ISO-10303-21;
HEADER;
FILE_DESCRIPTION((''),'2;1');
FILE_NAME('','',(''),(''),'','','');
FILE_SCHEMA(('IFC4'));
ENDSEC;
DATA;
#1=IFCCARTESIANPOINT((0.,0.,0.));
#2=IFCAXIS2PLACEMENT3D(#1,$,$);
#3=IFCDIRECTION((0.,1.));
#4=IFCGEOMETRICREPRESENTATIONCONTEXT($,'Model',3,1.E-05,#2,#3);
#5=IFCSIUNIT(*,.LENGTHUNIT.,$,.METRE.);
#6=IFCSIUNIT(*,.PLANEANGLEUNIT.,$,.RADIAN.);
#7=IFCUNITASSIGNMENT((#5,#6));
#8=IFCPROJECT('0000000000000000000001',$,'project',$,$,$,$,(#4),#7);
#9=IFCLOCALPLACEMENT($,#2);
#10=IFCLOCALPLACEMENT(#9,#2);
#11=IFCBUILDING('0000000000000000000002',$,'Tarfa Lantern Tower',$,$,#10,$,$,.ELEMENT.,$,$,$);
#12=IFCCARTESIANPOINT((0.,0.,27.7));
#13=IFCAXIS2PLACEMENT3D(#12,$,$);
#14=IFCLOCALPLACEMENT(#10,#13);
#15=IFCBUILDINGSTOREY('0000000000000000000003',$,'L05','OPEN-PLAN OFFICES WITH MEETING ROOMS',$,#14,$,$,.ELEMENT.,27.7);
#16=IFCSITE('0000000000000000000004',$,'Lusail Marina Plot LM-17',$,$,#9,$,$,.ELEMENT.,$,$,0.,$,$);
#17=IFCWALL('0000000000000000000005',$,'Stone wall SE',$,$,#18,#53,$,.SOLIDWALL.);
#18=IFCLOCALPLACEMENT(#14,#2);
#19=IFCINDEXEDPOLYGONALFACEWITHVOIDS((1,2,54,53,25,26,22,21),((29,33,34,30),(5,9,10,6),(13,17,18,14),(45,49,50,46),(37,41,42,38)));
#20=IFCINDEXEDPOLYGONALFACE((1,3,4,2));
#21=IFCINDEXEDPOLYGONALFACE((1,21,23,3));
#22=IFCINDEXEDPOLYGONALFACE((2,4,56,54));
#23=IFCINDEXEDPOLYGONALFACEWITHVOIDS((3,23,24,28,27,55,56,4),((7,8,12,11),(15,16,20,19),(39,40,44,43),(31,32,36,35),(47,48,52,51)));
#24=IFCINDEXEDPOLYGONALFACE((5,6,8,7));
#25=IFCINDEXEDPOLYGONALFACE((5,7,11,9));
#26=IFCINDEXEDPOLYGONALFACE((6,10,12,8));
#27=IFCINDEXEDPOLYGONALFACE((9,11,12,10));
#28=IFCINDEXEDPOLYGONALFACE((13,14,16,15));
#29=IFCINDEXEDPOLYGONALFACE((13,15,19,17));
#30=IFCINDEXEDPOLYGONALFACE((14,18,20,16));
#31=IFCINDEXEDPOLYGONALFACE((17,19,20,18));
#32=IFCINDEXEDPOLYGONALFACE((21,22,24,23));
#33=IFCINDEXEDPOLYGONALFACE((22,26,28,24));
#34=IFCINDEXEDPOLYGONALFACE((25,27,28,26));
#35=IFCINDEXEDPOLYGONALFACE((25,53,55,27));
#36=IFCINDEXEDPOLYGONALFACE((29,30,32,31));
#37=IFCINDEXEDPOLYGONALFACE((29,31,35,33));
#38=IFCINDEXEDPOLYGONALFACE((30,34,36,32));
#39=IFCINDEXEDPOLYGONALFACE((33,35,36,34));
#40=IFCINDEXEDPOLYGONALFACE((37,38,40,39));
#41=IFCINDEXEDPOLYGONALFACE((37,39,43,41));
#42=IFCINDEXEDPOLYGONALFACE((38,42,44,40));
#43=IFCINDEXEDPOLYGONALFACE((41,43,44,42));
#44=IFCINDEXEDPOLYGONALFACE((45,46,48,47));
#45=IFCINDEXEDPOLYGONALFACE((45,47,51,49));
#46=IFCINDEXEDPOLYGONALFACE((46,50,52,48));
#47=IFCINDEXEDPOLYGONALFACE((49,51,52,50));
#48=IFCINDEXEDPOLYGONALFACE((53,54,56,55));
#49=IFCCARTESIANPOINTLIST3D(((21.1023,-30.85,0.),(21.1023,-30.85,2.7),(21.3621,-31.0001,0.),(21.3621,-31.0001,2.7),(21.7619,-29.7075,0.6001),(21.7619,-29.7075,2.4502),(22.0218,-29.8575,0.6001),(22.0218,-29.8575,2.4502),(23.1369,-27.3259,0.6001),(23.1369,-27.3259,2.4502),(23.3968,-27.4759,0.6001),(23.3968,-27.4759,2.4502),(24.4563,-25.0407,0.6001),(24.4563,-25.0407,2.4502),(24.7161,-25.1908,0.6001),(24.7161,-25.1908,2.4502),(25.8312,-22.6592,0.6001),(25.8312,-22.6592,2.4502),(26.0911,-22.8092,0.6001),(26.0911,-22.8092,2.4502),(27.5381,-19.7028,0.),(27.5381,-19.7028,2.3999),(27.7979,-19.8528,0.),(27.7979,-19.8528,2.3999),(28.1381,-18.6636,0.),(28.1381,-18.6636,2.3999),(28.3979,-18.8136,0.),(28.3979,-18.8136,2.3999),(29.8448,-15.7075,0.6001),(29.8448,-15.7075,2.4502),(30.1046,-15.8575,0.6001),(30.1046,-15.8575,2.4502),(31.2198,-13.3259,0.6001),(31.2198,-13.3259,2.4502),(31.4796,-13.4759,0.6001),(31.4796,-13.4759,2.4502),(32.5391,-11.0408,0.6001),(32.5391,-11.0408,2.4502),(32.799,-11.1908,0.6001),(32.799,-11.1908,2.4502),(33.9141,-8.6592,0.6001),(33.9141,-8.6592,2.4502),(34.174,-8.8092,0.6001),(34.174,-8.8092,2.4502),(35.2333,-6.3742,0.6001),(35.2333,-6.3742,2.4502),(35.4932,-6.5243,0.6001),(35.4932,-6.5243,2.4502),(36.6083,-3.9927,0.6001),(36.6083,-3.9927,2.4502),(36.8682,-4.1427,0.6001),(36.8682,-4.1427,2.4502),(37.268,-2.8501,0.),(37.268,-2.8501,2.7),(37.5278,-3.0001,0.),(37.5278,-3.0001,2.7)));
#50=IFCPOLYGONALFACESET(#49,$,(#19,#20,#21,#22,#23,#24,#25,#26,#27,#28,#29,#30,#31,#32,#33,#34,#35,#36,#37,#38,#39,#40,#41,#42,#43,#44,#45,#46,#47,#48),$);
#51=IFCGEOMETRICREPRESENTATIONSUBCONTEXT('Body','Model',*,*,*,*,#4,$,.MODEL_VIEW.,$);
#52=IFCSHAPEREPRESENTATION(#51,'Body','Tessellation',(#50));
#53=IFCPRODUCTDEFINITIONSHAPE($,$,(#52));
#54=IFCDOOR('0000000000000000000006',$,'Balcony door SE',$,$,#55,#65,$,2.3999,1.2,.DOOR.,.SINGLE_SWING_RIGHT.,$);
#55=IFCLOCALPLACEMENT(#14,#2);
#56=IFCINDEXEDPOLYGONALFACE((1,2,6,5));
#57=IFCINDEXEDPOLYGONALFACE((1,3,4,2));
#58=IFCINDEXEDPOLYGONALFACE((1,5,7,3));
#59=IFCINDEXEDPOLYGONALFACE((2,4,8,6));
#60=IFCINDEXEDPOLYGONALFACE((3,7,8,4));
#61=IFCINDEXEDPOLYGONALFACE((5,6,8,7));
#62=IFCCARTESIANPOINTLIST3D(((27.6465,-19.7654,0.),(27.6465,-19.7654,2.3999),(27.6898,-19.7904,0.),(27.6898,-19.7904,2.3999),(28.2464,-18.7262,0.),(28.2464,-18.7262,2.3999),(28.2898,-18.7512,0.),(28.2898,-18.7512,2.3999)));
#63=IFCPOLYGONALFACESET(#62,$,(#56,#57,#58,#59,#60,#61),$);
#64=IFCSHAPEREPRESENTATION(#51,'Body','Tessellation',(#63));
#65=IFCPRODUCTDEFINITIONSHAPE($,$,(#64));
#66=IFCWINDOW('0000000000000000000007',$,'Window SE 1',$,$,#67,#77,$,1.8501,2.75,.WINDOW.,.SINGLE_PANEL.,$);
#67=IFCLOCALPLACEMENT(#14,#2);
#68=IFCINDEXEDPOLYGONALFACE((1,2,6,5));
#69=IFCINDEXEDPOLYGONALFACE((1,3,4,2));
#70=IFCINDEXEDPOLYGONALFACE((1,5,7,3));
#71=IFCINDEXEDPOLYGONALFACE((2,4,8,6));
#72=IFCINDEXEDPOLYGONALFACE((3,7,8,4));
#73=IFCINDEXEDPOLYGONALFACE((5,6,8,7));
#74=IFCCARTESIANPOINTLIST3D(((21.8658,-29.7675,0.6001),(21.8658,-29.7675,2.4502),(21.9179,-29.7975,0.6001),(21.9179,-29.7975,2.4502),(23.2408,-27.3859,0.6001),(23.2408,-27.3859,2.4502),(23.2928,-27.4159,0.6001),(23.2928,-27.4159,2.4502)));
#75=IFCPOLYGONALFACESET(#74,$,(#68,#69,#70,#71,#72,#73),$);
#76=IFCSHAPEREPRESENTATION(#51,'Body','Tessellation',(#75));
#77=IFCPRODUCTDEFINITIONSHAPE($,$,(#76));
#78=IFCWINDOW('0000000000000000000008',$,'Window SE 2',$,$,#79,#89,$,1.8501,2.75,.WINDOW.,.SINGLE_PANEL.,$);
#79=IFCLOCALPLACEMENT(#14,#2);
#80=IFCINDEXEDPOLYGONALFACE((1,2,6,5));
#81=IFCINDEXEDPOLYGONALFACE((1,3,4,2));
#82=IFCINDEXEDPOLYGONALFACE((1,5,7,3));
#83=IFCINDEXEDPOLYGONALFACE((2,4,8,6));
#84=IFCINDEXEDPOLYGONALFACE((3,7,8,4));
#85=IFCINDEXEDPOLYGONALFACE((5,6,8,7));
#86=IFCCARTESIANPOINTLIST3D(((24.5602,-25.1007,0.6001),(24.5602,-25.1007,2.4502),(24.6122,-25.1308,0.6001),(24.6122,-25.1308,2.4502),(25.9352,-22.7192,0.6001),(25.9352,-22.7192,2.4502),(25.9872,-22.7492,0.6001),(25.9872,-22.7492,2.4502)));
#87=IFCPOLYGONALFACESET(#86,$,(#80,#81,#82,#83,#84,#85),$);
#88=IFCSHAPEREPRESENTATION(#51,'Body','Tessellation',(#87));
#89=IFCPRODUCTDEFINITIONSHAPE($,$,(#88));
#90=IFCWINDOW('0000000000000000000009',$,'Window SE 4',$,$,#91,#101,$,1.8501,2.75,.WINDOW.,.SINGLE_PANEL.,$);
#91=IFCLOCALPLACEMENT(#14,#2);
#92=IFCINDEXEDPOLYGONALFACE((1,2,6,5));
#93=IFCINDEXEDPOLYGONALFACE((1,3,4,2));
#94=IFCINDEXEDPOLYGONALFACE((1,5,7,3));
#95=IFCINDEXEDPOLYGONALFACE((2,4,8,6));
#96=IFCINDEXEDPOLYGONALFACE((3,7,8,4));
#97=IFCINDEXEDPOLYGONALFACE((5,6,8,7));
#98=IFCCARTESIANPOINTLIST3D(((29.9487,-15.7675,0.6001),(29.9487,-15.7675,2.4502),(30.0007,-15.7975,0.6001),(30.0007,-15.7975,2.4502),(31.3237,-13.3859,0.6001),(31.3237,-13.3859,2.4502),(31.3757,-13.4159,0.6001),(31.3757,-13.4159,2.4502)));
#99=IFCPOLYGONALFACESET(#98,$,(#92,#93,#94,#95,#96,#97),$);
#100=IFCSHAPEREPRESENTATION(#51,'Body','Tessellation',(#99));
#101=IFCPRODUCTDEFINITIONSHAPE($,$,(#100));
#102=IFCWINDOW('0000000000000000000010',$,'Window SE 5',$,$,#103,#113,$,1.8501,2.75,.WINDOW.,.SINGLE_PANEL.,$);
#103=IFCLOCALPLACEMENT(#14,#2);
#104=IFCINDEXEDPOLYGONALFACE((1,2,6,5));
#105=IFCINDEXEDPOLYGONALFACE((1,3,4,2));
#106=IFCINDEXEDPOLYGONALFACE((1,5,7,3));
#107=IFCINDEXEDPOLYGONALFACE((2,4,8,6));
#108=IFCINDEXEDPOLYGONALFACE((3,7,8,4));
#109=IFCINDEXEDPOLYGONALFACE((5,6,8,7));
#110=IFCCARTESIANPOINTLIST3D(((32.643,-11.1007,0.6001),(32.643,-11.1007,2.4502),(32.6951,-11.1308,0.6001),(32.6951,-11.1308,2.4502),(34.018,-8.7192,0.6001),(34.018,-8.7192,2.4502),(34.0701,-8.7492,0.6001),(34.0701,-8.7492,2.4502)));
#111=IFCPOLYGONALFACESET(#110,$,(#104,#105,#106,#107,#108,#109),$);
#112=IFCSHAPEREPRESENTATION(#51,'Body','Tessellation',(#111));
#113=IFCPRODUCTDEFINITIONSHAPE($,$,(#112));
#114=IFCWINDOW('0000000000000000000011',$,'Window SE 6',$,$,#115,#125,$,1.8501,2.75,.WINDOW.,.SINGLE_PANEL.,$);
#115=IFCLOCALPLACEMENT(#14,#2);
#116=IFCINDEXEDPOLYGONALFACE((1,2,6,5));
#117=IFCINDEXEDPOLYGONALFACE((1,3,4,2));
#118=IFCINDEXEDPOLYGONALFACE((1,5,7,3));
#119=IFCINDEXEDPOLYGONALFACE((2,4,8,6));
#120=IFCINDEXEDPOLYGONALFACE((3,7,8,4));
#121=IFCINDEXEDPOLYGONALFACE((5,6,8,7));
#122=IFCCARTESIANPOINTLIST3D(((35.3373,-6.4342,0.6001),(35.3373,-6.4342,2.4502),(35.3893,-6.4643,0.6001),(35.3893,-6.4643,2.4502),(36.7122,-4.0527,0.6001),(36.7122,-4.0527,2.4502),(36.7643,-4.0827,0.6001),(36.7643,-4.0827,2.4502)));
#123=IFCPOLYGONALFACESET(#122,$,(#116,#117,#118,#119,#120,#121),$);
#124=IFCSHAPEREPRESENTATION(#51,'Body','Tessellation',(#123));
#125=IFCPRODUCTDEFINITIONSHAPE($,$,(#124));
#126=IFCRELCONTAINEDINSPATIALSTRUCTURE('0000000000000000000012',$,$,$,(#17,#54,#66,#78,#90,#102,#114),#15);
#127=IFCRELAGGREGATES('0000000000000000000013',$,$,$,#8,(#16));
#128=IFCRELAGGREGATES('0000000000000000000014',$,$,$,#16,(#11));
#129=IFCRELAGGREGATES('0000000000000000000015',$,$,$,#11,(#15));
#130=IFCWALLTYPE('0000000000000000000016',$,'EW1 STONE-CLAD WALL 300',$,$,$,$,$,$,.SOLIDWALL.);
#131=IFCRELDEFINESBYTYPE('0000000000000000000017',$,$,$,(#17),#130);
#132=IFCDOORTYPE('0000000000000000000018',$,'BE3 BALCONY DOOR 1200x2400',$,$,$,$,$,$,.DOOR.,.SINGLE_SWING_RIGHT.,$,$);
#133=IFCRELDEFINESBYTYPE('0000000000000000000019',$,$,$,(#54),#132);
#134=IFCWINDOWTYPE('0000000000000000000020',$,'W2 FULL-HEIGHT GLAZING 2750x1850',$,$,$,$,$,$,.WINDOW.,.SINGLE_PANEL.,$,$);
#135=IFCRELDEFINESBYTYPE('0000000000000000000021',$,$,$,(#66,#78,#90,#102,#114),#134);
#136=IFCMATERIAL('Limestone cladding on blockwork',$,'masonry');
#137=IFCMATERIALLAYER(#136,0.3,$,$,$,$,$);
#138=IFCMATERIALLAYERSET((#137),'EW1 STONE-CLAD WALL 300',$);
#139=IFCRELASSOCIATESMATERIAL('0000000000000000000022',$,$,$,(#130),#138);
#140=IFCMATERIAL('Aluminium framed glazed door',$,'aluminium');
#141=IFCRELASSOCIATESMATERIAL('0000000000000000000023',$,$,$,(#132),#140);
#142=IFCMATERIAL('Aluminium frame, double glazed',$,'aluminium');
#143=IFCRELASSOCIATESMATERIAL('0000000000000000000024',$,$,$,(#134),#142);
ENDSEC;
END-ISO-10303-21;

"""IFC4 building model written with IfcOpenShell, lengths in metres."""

from ifc_helpers import new_model, si_unit, direction, frame, frame_2d, origin, place, context, subcontext, project, spatial, rectangle, extrude, material, layer, layer_set, type_object, element, fill, save


model = new_model("IFC4")

# Units and contexts
model_context = context("Model", 3, precision=1e-05, world=origin(), true_north=direction((0.0, 1.0)))
body_context = subcontext(model_context, "Body", "Model", "MODEL_VIEW")
ifc_project = project(units=[si_unit("LENGTHUNIT", "METRE"), si_unit("PLANEANGLEUNIT", "RADIAN")], contexts=[model_context])

# Site, building, storey
site_placement = place(None, origin())
site = spatial("IfcSite", under=ifc_project, at=site_placement, Name="Lusail Marina Plot LM-17", CompositionType="ELEMENT", RefElevation=0.0)
building_placement = place(site_placement, origin())
building = spatial("IfcBuilding", under=site, at=building_placement, Name="Tarfa Lantern Tower", CompositionType="ELEMENT")
storey_placement = place(building_placement, frame((0.0, 0.0, 27.7)))
storey = spatial("IfcBuildingStorey", under=building, at=storey_placement, Name="L05", Description="OPEN-PLAN OFFICES WITH MEETING ROOMS", CompositionType="ELEMENT", Elevation=27.7)

# Wall, openings, door, windows
ifc_material_1 = material(Name="Limestone cladding on blockwork", Category="masonry")
ifc_layer_1 = layer(ifc_material_1, 0.3)
ifc_layer_set_1 = layer_set([ifc_layer_1], Name="EW1 STONE-CLAD WALL 300")
wall_type_1 = type_object("IfcWallType", Name="EW1 STONE-CLAD WALL 300", PredefinedType="SOLIDWALL", material=ifc_layer_set_1)
wall_1_placement = place(storey_placement, frame((21.2322, -30.925, 0.0), z_axis=(0.0, 0.0, 1.0), x_axis=(0.499999, 0.866026, 0.0)))
wall_1 = element("IfcWall", 1, at=wall_1_placement, inside=storey, type_object=wall_type_1, Name="Stone wall SE", PredefinedType="SOLIDWALL", context=body_context, shape_type="SweptSolid", body=[
    extrude(rectangle(XDim=32.3315, YDim=0.3, at=frame_2d((16.1658, 0.0))), origin(), (0.0, 0.0, 1.0), 2.7),
])
opening_1_placement = place(wall_1_placement, frame((1.3193, 0.0, 0.6001)))
opening_1 = element("IfcOpeningElement", 2, at=opening_1_placement, cuts=wall_1, PredefinedType="OPENING", context=body_context, shape_type="SweptSolid", body=[
    extrude(rectangle(XDim=2.75, YDim=1.8501, at=frame_2d((1.375, 0.925))), frame((0.0, 0.1599, 0.0), z_axis=(0.0, -1.0, 0.0), x_axis=(1.0, 0.0, 0.0)), (0.0, 0.0, 1.0), 0.3201),
])
opening_2_placement = place(wall_1_placement, frame((6.708, 0.0, 0.6001)))
opening_2 = element("IfcOpeningElement", 3, at=opening_2_placement, cuts=wall_1, PredefinedType="OPENING", context=body_context, shape_type="SweptSolid", body=[
    extrude(rectangle(XDim=2.75, YDim=1.8501, at=frame_2d((1.375, 0.925))), frame((0.0, 0.1599, 0.0), z_axis=(0.0, -1.0, 0.0), x_axis=(1.0, 0.0, 0.0)), (0.0, 0.0, 1.0), 0.3201),
])
opening_3_placement = place(wall_1_placement, frame((12.8716, 0.0, 0.0)))
opening_3 = element("IfcOpeningElement", 4, at=opening_3_placement, cuts=wall_1, PredefinedType="OPENING", context=body_context, shape_type="SweptSolid", body=[
    extrude(rectangle(XDim=1.2, YDim=2.3999, at=frame_2d((0.6001, 1.2))), frame((0.0, 0.1599, 0.0), z_axis=(0.0, -1.0, 0.0), x_axis=(1.0, 0.0, 0.0)), (0.0, 0.0, 1.0), 0.3201),
])
opening_4_placement = place(wall_1_placement, frame((17.4851, 0.0, 0.6001)))
opening_4 = element("IfcOpeningElement", 5, at=opening_4_placement, cuts=wall_1, PredefinedType="OPENING", context=body_context, shape_type="SweptSolid", body=[
    extrude(rectangle(XDim=2.75, YDim=1.8501, at=frame_2d((1.375, 0.925))), frame((0.0, 0.1599, 0.0), z_axis=(0.0, -1.0, 0.0), x_axis=(1.0, 0.0, 0.0)), (0.0, 0.0, 1.0), 0.3201),
])
opening_5_placement = place(wall_1_placement, frame((22.8738, 0.0, 0.6001)))
opening_5 = element("IfcOpeningElement", 6, at=opening_5_placement, cuts=wall_1, PredefinedType="OPENING", context=body_context, shape_type="SweptSolid", body=[
    extrude(rectangle(XDim=2.75, YDim=1.8501, at=frame_2d((1.375, 0.925))), frame((0.0, 0.1599, 0.0), z_axis=(0.0, -1.0, 0.0), x_axis=(1.0, 0.0, 0.0)), (0.0, 0.0, 1.0), 0.3201),
])
opening_6_placement = place(wall_1_placement, frame((28.2622, 0.0, 0.6001)))
opening_6 = element("IfcOpeningElement", 7, at=opening_6_placement, cuts=wall_1, PredefinedType="OPENING", context=body_context, shape_type="SweptSolid", body=[
    extrude(rectangle(XDim=2.75, YDim=1.8501, at=frame_2d((1.375, 0.925))), frame((0.0, 0.1599, 0.0), z_axis=(0.0, -1.0, 0.0), x_axis=(1.0, 0.0, 0.0)), (0.0, 0.0, 1.0), 0.3201),
])
ifc_material_2 = material(Name="Aluminium framed glazed door", Category="aluminium")
door_type_1 = type_object("IfcDoorType", Name="BE3 BALCONY DOOR 1200x2400", OperationType="SINGLE_SWING_RIGHT", PredefinedType="DOOR", material=ifc_material_2)
door_1_placement = place(opening_3_placement, origin())
door_1 = element("IfcDoor", 8, at=door_1_placement, inside=storey, type_object=door_type_1, Name="Balcony door SE", OperationType="SINGLE_SWING_RIGHT", OverallHeight=2.3999, OverallWidth=1.2, PredefinedType="DOOR", context=body_context, shape_type="SweptSolid", body=[
    extrude(rectangle(XDim=1.2, YDim=2.3999, at=frame_2d((0.6001, 1.2))), frame((0.0, 0.0249, 0.0), z_axis=(0.0, -1.0, 0.0), x_axis=(1.0, 0.0, 0.0)), (0.0, 0.0, 1.0), 0.05),
])
fill(opening_3, door_1)
ifc_material_3 = material(Name="Aluminium frame, double glazed", Category="aluminium")
window_type = type_object("IfcWindowType", Name="W2 FULL-HEIGHT GLAZING 2750x1850", PartitioningType="SINGLE_PANEL", PredefinedType="WINDOW", material=ifc_material_3)
window_1_placement = place(opening_1_placement, origin())
window_1 = element("IfcWindow", 9, at=window_1_placement, inside=storey, type_object=window_type, Name="Window SE 1", OverallHeight=1.8501, OverallWidth=2.75, PartitioningType="SINGLE_PANEL", PredefinedType="WINDOW", context=body_context, shape_type="SweptSolid", body=[
    extrude(rectangle(XDim=2.75, YDim=1.8501, at=frame_2d((1.375, 0.925))), frame((0.0, 0.03, 0.0), z_axis=(0.0, -1.0, 0.0), x_axis=(1.0, 0.0, 0.0)), (0.0, 0.0, 1.0), 0.0601),
])
fill(opening_1, window_1)
window_2_placement = place(opening_2_placement, origin())
window_2 = element("IfcWindow", 10, at=window_2_placement, inside=storey, type_object=window_type, Name="Window SE 2", OverallHeight=1.8501, OverallWidth=2.75, PartitioningType="SINGLE_PANEL", PredefinedType="WINDOW", context=body_context, shape_type="SweptSolid", body=[
    extrude(rectangle(XDim=2.75, YDim=1.8501, at=frame_2d((1.375, 0.925))), frame((0.0, 0.03, 0.0), z_axis=(0.0, -1.0, 0.0), x_axis=(1.0, 0.0, 0.0)), (0.0, 0.0, 1.0), 0.0601),
])
fill(opening_2, window_2)
window_3_placement = place(opening_4_placement, origin())
window_3 = element("IfcWindow", 11, at=window_3_placement, inside=storey, type_object=window_type, Name="Window SE 4", OverallHeight=1.8501, OverallWidth=2.75, PartitioningType="SINGLE_PANEL", PredefinedType="WINDOW", context=body_context, shape_type="SweptSolid", body=[
    extrude(rectangle(XDim=2.75, YDim=1.8501, at=frame_2d((1.375, 0.925))), frame((0.0, 0.03, 0.0), z_axis=(0.0, -1.0, 0.0), x_axis=(1.0, 0.0, 0.0)), (0.0, 0.0, 1.0), 0.0601),
])
fill(opening_4, window_3)
window_4_placement = place(opening_5_placement, origin())
window_4 = element("IfcWindow", 12, at=window_4_placement, inside=storey, type_object=window_type, Name="Window SE 5", OverallHeight=1.8501, OverallWidth=2.75, PartitioningType="SINGLE_PANEL", PredefinedType="WINDOW", context=body_context, shape_type="SweptSolid", body=[
    extrude(rectangle(XDim=2.75, YDim=1.8501, at=frame_2d((1.375, 0.925))), frame((0.0, 0.03, 0.0), z_axis=(0.0, -1.0, 0.0), x_axis=(1.0, 0.0, 0.0)), (0.0, 0.0, 1.0), 0.0601),
])
fill(opening_5, window_4)
window_5_placement = place(opening_6_placement, origin())
window_5 = element("IfcWindow", 13, at=window_5_placement, inside=storey, type_object=window_type, Name="Window SE 6", OverallHeight=1.8501, OverallWidth=2.75, PartitioningType="SINGLE_PANEL", PredefinedType="WINDOW", context=body_context, shape_type="SweptSolid", body=[
    extrude(rectangle(XDim=2.75, YDim=1.8501, at=frame_2d((1.375, 0.925))), frame((0.0, 0.03, 0.0), z_axis=(0.0, -1.0, 0.0), x_axis=(1.0, 0.0, 0.0)), (0.0, 0.0, 1.0), 0.0601),
])
fill(opening_6, window_5)

save(model, "model.ifc")
